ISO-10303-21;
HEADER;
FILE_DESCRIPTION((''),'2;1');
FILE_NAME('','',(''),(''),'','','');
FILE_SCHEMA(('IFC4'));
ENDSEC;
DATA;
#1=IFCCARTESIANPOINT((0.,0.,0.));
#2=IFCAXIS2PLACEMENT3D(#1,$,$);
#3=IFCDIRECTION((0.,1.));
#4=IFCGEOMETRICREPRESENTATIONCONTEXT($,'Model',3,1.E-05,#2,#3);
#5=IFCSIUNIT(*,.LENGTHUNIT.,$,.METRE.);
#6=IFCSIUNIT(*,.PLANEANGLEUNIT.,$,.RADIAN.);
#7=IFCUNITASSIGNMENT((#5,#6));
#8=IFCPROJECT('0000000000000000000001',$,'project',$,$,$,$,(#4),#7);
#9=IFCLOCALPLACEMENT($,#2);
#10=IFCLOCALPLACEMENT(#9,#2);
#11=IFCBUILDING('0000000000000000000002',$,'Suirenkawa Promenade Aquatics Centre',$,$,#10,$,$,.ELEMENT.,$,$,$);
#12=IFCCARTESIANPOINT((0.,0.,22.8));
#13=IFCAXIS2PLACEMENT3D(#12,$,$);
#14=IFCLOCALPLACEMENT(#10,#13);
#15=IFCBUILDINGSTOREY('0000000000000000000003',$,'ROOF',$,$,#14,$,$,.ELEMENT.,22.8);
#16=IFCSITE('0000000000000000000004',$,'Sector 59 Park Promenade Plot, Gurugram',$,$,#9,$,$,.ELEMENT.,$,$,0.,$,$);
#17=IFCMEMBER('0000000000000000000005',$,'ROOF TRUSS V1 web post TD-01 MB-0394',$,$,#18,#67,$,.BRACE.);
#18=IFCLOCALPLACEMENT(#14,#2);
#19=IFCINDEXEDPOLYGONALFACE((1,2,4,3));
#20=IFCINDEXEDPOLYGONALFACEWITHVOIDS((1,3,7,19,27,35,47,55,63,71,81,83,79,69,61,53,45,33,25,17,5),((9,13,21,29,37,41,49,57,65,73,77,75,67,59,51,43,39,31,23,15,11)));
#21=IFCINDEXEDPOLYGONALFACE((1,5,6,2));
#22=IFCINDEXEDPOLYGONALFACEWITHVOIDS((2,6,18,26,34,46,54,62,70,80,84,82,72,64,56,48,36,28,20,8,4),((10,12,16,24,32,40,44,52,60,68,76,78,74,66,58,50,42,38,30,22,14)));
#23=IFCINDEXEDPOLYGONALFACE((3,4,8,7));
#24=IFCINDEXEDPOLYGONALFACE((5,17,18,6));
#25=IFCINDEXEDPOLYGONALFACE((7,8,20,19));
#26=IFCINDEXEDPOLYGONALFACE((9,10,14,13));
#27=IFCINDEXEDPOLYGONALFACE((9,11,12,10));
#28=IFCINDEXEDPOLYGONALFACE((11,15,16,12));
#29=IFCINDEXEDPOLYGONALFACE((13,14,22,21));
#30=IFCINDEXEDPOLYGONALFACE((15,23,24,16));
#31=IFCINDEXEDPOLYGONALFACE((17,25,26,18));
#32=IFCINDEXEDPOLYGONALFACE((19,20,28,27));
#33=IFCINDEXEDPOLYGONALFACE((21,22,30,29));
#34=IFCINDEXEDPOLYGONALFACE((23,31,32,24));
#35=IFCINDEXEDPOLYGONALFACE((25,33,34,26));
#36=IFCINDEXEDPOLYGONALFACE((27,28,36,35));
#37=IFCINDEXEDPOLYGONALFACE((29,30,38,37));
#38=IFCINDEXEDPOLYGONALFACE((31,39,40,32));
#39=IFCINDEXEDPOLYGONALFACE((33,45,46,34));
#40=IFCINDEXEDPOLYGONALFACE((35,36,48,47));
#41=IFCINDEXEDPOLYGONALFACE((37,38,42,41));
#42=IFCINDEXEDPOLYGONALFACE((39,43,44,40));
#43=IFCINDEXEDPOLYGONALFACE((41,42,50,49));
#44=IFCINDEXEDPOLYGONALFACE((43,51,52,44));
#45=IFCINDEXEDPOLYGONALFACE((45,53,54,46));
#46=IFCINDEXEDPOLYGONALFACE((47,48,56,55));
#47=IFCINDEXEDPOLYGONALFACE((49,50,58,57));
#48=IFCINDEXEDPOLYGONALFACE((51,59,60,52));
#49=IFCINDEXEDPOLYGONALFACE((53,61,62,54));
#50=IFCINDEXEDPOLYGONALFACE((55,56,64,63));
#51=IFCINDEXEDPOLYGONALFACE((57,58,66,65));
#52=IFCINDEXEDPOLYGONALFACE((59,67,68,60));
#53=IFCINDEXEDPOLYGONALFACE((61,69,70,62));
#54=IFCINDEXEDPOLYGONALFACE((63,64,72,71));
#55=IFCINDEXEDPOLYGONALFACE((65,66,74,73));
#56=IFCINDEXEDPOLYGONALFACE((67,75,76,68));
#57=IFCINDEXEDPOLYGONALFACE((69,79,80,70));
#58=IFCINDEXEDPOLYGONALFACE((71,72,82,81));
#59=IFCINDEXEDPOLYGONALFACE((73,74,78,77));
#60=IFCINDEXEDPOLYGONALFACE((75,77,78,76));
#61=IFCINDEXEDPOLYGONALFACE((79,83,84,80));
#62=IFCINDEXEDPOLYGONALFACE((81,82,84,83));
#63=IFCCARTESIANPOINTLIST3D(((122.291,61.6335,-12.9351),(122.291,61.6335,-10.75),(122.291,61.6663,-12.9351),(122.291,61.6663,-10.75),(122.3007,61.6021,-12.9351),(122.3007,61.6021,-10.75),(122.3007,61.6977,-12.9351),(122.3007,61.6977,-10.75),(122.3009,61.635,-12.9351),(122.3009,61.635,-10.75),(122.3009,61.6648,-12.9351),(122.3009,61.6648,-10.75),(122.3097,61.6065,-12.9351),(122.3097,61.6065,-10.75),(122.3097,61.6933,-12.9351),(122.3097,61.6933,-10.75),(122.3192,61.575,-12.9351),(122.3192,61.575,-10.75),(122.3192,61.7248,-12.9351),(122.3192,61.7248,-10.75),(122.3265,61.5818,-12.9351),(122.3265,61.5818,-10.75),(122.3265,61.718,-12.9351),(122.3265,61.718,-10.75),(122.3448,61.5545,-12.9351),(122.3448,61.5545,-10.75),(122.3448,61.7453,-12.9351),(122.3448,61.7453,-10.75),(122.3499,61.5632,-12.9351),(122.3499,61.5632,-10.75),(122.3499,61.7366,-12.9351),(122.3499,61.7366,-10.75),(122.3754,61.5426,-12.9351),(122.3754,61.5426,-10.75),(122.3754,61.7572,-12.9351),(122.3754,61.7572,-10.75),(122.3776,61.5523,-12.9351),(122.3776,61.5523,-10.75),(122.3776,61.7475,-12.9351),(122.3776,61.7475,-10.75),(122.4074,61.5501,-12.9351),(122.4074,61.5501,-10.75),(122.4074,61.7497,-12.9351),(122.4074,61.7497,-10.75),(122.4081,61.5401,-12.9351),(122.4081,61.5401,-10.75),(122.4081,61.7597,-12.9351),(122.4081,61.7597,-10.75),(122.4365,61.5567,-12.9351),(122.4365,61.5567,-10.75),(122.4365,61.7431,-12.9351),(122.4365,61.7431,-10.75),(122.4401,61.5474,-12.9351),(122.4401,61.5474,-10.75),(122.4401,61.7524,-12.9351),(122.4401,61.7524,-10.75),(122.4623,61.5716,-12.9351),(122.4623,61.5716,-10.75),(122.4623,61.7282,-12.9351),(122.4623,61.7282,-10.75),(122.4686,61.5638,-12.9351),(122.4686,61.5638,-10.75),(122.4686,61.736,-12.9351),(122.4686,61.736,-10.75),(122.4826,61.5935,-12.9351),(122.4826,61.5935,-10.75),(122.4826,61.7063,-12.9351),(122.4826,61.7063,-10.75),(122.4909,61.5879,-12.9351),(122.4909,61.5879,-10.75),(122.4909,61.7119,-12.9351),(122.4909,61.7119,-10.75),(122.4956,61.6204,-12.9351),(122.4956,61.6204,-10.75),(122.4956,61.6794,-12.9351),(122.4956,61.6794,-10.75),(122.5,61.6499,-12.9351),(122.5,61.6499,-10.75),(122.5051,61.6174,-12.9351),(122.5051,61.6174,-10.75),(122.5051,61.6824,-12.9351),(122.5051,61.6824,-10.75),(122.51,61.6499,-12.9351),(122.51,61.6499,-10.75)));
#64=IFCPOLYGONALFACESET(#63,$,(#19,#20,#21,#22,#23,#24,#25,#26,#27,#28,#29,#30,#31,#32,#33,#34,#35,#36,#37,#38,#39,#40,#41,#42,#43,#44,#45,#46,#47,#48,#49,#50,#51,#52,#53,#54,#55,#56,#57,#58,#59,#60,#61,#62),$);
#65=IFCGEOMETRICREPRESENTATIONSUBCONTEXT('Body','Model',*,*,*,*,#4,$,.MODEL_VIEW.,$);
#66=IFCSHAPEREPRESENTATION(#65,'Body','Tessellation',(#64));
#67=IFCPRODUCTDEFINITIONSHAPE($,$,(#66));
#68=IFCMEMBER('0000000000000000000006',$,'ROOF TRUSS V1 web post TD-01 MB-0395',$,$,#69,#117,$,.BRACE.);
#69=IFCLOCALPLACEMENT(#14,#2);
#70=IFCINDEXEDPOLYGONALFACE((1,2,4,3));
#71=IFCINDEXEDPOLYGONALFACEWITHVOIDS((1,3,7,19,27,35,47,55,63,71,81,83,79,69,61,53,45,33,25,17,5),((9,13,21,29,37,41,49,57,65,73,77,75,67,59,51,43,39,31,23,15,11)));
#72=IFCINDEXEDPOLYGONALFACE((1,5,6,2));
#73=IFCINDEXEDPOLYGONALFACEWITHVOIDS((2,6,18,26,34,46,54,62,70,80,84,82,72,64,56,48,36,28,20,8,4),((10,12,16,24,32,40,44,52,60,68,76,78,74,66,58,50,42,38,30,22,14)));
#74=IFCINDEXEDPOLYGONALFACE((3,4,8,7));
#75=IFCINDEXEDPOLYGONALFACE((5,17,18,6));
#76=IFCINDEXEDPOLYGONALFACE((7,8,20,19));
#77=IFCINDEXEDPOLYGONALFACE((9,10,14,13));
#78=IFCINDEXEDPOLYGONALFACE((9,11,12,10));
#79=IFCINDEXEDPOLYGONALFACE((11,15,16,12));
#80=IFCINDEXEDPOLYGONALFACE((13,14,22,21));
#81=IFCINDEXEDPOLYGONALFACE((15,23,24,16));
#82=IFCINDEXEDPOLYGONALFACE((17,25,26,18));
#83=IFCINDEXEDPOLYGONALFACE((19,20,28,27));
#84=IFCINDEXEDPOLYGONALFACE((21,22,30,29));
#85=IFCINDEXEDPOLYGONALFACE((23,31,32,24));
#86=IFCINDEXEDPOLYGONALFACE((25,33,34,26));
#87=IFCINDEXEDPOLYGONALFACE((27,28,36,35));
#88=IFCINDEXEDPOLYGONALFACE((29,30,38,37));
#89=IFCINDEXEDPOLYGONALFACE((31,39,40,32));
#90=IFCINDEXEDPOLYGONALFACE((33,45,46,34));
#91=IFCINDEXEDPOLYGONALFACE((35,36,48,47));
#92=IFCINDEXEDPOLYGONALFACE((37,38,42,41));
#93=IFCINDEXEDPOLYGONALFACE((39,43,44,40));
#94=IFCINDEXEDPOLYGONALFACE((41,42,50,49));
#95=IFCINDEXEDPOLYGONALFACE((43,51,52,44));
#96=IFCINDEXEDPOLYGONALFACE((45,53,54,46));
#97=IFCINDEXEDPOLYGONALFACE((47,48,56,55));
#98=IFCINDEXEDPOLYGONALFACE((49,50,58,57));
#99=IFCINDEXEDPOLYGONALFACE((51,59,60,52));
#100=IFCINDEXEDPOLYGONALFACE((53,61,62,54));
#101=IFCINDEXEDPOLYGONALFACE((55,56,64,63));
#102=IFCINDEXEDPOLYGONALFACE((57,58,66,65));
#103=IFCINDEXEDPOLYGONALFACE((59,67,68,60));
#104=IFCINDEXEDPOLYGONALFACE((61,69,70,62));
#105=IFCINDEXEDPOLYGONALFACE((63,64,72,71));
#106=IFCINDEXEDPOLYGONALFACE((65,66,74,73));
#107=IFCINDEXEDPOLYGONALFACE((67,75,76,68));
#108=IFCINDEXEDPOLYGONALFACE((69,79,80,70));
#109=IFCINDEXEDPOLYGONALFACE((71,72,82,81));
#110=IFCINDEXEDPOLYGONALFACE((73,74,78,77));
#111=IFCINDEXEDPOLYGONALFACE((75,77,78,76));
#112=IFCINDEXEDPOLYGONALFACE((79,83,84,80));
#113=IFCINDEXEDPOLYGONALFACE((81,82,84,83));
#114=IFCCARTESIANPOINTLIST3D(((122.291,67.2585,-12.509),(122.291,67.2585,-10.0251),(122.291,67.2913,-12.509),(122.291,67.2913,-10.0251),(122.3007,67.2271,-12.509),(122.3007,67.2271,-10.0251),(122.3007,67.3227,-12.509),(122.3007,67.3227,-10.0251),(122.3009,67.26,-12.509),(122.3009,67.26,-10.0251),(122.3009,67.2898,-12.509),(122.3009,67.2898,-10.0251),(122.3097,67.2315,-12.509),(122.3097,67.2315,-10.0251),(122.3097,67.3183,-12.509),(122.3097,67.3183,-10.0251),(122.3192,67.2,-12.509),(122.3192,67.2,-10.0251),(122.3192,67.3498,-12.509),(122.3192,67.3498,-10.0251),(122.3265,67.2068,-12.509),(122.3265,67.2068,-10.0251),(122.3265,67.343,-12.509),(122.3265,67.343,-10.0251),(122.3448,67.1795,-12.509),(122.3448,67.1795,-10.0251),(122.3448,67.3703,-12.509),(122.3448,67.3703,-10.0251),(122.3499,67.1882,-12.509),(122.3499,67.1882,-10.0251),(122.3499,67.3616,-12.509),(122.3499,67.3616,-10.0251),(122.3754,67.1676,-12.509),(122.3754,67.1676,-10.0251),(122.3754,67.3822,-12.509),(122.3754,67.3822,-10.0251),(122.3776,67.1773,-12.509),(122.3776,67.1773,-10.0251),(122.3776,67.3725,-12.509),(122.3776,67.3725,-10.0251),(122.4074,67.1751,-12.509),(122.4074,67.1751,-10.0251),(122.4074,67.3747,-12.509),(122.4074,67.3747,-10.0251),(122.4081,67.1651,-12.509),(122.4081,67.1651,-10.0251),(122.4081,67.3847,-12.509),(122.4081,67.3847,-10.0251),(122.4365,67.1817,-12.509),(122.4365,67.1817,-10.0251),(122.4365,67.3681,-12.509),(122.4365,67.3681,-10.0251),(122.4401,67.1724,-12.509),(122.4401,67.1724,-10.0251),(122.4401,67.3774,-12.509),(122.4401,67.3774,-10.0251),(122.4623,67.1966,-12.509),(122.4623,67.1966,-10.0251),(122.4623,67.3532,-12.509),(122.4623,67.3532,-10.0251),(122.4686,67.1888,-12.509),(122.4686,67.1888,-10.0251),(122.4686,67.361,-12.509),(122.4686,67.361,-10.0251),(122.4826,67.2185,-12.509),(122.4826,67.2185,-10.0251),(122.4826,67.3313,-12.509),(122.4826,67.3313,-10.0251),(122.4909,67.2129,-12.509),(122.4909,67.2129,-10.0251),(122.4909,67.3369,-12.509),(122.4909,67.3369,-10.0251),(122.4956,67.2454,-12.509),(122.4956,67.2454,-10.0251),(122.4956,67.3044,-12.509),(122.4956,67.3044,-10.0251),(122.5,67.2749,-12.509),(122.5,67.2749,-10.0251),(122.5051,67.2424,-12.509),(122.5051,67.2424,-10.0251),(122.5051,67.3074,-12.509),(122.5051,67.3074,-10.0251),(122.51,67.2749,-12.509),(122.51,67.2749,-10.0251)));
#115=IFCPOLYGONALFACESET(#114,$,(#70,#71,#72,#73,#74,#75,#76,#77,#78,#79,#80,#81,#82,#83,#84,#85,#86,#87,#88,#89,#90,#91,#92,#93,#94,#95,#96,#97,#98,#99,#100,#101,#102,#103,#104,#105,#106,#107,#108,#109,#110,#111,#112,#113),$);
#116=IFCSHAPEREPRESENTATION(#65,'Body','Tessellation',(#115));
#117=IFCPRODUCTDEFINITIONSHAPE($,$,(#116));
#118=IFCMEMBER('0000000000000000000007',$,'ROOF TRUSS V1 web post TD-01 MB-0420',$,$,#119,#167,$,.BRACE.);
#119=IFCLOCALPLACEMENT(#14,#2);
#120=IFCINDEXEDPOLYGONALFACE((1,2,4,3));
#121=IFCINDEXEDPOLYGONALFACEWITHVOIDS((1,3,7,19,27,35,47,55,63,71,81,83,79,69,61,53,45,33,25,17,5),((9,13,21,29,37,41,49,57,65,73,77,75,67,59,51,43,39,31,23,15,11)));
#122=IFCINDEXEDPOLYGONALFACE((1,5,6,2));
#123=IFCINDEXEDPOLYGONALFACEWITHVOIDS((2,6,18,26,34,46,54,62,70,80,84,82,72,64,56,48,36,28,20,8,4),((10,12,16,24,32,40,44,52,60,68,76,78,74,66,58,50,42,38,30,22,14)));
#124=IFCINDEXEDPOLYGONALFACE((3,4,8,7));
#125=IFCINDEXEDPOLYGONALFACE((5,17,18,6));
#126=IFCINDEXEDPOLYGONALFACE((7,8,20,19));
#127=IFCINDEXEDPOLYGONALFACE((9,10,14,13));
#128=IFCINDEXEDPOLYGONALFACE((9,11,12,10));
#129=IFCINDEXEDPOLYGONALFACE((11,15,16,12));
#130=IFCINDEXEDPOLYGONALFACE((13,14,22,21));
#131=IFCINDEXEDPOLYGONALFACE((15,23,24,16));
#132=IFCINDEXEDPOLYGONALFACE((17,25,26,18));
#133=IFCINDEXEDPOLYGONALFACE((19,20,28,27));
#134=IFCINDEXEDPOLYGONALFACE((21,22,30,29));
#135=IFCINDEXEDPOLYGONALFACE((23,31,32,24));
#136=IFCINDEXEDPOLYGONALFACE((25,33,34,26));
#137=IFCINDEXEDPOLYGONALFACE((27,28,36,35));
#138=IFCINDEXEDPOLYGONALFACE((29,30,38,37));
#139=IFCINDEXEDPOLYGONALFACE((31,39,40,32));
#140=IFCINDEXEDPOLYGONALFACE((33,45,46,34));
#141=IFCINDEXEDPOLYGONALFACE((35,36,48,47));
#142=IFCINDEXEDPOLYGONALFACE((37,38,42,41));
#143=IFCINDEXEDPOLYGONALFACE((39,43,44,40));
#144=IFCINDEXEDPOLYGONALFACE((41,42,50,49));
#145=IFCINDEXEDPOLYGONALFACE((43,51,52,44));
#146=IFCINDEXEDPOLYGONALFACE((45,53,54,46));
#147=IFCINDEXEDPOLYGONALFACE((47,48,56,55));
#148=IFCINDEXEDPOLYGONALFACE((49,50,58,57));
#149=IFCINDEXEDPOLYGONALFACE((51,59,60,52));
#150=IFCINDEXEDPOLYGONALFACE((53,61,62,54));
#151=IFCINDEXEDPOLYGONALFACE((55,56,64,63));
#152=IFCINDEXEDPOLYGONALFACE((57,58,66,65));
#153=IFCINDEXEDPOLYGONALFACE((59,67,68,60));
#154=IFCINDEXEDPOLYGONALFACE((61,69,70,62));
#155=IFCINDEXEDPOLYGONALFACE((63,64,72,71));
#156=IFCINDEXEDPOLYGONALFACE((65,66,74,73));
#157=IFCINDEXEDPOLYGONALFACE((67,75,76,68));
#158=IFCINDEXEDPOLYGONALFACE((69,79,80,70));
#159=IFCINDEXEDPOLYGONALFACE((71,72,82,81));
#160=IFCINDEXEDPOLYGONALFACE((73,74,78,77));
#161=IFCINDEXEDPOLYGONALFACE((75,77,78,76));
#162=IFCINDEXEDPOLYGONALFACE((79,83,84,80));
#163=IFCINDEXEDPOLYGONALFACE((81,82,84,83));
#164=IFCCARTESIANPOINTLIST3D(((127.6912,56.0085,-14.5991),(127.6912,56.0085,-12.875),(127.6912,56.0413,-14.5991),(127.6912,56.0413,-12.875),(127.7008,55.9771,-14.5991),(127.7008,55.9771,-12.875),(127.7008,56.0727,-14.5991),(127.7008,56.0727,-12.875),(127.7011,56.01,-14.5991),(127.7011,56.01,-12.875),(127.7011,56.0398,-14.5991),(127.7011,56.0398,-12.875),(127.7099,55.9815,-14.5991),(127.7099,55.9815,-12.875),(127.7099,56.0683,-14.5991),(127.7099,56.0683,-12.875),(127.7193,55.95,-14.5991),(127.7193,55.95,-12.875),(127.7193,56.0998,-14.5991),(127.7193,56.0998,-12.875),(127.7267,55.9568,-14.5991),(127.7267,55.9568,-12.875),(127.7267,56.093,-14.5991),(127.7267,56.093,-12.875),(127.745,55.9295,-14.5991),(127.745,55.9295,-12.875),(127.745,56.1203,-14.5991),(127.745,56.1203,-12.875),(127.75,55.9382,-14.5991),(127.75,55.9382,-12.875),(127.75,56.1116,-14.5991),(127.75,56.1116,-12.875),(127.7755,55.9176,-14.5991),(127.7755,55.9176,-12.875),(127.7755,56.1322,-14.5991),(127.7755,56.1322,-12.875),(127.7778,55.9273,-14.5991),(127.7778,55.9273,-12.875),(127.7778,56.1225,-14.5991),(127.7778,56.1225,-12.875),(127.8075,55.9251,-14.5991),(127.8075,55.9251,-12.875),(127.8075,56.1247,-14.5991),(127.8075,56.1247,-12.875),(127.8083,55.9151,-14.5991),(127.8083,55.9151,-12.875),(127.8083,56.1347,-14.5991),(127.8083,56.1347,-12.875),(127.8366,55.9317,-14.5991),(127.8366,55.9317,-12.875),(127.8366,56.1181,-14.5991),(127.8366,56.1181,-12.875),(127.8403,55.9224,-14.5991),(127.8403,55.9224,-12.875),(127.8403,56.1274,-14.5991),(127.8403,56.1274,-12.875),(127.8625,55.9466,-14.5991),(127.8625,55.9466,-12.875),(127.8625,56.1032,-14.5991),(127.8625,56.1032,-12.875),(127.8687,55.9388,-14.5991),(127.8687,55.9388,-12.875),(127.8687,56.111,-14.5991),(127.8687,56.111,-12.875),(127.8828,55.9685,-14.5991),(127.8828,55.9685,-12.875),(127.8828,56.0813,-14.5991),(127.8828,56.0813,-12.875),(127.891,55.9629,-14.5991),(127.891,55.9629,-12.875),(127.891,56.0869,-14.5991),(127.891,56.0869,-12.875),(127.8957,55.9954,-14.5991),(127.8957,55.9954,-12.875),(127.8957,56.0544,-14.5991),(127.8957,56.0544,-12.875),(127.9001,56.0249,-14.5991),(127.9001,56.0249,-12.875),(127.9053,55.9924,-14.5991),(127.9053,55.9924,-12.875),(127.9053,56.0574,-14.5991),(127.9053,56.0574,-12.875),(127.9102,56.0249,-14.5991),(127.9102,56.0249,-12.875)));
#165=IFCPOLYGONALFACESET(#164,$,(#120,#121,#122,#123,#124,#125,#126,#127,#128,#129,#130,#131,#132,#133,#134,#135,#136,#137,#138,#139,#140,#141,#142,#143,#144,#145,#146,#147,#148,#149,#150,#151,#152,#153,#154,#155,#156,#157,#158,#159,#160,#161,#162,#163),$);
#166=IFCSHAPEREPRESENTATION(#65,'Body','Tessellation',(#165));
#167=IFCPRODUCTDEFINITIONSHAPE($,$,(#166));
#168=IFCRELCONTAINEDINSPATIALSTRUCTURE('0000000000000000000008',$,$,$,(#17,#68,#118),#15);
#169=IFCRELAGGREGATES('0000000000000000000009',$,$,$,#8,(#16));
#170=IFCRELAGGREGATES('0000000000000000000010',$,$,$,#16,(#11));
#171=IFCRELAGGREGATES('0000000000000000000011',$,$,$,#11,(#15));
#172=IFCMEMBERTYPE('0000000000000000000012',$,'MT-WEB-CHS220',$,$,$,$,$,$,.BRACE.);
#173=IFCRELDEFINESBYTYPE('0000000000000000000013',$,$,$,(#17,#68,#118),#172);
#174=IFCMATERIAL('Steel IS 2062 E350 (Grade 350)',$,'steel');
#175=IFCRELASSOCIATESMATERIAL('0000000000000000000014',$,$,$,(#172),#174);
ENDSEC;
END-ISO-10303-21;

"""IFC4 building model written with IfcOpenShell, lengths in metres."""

from ifc_helpers import new_model, si_unit, direction, frame, origin, origin_2d, place, context, subcontext, project, spatial, hollow_circle, extrude, material, material_profile, profile_set, type_object, element, save


model = new_model("IFC4")

# Units and contexts
model_context = context("Model", 3, precision=1e-05, world=origin(), true_north=direction((0.0, 1.0)))
body_context = subcontext(model_context, "Body", "Model", "MODEL_VIEW")
ifc_project = project(units=[si_unit("LENGTHUNIT", "METRE"), si_unit("PLANEANGLEUNIT", "RADIAN")], contexts=[model_context])

# Site, building, storey
site_placement = place(None, origin())
site = spatial("IfcSite", under=ifc_project, at=site_placement, Name="Sector 59 Park Promenade Plot, Gurugram", CompositionType="ELEMENT", RefElevation=0.0)
building_placement = place(site_placement, origin())
building = spatial("IfcBuilding", under=site, at=building_placement, Name="Suirenkawa Promenade Aquatics Centre", CompositionType="ELEMENT")
storey_placement = place(building_placement, frame((0.0, 0.0, 22.8)))
storey = spatial("IfcBuildingStorey", under=building, at=storey_placement, Name="ROOF", CompositionType="ELEMENT", Elevation=22.8)

# Shared definitions
ifc_material = material(Name="Steel IS 2062 E350 (Grade 350)", Category="steel")

# Members
ifc_material_profile_1 = material_profile(ifc_material, hollow_circle(Radius=0.1101, WallThickness=0.01, at=origin_2d()), Name="CHS 220x10", Category="steel")
ifc_profile_set_1 = profile_set([ifc_material_profile_1], Name="Steel IS 2062 E350 (Grade 350)")
member_type_1 = type_object("IfcMemberType", Name="MT-WEB-CHS220", PredefinedType="BRACE", material=ifc_profile_set_1)
member_1_placement = place(storey_placement, frame((122.3999, 61.6499, -12.9351), z_axis=(0.0, 0.0, 1.0), x_axis=(1.0, 0.0, 0.0)))
element("IfcMember", 1, at=member_1_placement, inside=storey, type_object=member_type_1, Name="ROOF TRUSS V1 web post TD-01 MB-0394", PredefinedType="BRACE", context=body_context, shape_type="SweptSolid", body=[
    extrude(hollow_circle(Radius=0.1101, WallThickness=0.01, at=origin_2d()), origin(), (0.0, 0.0, 1.0), 2.1851),
])
member_2_placement = place(storey_placement, frame((122.3999, 67.2749, -12.509), z_axis=(0.0, 0.0, 1.0), x_axis=(1.0, 0.0, 0.0)))
element("IfcMember", 2, at=member_2_placement, inside=storey, type_object=member_type_1, Name="ROOF TRUSS V1 web post TD-01 MB-0395", PredefinedType="BRACE", context=body_context, shape_type="SweptSolid", body=[
    extrude(hollow_circle(Radius=0.1101, WallThickness=0.01, at=origin_2d()), origin(), (0.0, 0.0, 1.0), 2.4839),
])
member_3_placement = place(storey_placement, frame((127.8, 56.0249, -14.5991), z_axis=(0.0, 0.0, 1.0), x_axis=(1.0, 0.0, 0.0)))
element("IfcMember", 3, at=member_3_placement, inside=storey, type_object=member_type_1, Name="ROOF TRUSS V1 web post TD-01 MB-0420", PredefinedType="BRACE", context=body_context, shape_type="SweptSolid", body=[
    extrude(hollow_circle(Radius=0.1101, WallThickness=0.01, at=origin_2d()), origin(), (0.0, 0.0, 1.0), 1.7241),
])

save(model, "model.ifc")
